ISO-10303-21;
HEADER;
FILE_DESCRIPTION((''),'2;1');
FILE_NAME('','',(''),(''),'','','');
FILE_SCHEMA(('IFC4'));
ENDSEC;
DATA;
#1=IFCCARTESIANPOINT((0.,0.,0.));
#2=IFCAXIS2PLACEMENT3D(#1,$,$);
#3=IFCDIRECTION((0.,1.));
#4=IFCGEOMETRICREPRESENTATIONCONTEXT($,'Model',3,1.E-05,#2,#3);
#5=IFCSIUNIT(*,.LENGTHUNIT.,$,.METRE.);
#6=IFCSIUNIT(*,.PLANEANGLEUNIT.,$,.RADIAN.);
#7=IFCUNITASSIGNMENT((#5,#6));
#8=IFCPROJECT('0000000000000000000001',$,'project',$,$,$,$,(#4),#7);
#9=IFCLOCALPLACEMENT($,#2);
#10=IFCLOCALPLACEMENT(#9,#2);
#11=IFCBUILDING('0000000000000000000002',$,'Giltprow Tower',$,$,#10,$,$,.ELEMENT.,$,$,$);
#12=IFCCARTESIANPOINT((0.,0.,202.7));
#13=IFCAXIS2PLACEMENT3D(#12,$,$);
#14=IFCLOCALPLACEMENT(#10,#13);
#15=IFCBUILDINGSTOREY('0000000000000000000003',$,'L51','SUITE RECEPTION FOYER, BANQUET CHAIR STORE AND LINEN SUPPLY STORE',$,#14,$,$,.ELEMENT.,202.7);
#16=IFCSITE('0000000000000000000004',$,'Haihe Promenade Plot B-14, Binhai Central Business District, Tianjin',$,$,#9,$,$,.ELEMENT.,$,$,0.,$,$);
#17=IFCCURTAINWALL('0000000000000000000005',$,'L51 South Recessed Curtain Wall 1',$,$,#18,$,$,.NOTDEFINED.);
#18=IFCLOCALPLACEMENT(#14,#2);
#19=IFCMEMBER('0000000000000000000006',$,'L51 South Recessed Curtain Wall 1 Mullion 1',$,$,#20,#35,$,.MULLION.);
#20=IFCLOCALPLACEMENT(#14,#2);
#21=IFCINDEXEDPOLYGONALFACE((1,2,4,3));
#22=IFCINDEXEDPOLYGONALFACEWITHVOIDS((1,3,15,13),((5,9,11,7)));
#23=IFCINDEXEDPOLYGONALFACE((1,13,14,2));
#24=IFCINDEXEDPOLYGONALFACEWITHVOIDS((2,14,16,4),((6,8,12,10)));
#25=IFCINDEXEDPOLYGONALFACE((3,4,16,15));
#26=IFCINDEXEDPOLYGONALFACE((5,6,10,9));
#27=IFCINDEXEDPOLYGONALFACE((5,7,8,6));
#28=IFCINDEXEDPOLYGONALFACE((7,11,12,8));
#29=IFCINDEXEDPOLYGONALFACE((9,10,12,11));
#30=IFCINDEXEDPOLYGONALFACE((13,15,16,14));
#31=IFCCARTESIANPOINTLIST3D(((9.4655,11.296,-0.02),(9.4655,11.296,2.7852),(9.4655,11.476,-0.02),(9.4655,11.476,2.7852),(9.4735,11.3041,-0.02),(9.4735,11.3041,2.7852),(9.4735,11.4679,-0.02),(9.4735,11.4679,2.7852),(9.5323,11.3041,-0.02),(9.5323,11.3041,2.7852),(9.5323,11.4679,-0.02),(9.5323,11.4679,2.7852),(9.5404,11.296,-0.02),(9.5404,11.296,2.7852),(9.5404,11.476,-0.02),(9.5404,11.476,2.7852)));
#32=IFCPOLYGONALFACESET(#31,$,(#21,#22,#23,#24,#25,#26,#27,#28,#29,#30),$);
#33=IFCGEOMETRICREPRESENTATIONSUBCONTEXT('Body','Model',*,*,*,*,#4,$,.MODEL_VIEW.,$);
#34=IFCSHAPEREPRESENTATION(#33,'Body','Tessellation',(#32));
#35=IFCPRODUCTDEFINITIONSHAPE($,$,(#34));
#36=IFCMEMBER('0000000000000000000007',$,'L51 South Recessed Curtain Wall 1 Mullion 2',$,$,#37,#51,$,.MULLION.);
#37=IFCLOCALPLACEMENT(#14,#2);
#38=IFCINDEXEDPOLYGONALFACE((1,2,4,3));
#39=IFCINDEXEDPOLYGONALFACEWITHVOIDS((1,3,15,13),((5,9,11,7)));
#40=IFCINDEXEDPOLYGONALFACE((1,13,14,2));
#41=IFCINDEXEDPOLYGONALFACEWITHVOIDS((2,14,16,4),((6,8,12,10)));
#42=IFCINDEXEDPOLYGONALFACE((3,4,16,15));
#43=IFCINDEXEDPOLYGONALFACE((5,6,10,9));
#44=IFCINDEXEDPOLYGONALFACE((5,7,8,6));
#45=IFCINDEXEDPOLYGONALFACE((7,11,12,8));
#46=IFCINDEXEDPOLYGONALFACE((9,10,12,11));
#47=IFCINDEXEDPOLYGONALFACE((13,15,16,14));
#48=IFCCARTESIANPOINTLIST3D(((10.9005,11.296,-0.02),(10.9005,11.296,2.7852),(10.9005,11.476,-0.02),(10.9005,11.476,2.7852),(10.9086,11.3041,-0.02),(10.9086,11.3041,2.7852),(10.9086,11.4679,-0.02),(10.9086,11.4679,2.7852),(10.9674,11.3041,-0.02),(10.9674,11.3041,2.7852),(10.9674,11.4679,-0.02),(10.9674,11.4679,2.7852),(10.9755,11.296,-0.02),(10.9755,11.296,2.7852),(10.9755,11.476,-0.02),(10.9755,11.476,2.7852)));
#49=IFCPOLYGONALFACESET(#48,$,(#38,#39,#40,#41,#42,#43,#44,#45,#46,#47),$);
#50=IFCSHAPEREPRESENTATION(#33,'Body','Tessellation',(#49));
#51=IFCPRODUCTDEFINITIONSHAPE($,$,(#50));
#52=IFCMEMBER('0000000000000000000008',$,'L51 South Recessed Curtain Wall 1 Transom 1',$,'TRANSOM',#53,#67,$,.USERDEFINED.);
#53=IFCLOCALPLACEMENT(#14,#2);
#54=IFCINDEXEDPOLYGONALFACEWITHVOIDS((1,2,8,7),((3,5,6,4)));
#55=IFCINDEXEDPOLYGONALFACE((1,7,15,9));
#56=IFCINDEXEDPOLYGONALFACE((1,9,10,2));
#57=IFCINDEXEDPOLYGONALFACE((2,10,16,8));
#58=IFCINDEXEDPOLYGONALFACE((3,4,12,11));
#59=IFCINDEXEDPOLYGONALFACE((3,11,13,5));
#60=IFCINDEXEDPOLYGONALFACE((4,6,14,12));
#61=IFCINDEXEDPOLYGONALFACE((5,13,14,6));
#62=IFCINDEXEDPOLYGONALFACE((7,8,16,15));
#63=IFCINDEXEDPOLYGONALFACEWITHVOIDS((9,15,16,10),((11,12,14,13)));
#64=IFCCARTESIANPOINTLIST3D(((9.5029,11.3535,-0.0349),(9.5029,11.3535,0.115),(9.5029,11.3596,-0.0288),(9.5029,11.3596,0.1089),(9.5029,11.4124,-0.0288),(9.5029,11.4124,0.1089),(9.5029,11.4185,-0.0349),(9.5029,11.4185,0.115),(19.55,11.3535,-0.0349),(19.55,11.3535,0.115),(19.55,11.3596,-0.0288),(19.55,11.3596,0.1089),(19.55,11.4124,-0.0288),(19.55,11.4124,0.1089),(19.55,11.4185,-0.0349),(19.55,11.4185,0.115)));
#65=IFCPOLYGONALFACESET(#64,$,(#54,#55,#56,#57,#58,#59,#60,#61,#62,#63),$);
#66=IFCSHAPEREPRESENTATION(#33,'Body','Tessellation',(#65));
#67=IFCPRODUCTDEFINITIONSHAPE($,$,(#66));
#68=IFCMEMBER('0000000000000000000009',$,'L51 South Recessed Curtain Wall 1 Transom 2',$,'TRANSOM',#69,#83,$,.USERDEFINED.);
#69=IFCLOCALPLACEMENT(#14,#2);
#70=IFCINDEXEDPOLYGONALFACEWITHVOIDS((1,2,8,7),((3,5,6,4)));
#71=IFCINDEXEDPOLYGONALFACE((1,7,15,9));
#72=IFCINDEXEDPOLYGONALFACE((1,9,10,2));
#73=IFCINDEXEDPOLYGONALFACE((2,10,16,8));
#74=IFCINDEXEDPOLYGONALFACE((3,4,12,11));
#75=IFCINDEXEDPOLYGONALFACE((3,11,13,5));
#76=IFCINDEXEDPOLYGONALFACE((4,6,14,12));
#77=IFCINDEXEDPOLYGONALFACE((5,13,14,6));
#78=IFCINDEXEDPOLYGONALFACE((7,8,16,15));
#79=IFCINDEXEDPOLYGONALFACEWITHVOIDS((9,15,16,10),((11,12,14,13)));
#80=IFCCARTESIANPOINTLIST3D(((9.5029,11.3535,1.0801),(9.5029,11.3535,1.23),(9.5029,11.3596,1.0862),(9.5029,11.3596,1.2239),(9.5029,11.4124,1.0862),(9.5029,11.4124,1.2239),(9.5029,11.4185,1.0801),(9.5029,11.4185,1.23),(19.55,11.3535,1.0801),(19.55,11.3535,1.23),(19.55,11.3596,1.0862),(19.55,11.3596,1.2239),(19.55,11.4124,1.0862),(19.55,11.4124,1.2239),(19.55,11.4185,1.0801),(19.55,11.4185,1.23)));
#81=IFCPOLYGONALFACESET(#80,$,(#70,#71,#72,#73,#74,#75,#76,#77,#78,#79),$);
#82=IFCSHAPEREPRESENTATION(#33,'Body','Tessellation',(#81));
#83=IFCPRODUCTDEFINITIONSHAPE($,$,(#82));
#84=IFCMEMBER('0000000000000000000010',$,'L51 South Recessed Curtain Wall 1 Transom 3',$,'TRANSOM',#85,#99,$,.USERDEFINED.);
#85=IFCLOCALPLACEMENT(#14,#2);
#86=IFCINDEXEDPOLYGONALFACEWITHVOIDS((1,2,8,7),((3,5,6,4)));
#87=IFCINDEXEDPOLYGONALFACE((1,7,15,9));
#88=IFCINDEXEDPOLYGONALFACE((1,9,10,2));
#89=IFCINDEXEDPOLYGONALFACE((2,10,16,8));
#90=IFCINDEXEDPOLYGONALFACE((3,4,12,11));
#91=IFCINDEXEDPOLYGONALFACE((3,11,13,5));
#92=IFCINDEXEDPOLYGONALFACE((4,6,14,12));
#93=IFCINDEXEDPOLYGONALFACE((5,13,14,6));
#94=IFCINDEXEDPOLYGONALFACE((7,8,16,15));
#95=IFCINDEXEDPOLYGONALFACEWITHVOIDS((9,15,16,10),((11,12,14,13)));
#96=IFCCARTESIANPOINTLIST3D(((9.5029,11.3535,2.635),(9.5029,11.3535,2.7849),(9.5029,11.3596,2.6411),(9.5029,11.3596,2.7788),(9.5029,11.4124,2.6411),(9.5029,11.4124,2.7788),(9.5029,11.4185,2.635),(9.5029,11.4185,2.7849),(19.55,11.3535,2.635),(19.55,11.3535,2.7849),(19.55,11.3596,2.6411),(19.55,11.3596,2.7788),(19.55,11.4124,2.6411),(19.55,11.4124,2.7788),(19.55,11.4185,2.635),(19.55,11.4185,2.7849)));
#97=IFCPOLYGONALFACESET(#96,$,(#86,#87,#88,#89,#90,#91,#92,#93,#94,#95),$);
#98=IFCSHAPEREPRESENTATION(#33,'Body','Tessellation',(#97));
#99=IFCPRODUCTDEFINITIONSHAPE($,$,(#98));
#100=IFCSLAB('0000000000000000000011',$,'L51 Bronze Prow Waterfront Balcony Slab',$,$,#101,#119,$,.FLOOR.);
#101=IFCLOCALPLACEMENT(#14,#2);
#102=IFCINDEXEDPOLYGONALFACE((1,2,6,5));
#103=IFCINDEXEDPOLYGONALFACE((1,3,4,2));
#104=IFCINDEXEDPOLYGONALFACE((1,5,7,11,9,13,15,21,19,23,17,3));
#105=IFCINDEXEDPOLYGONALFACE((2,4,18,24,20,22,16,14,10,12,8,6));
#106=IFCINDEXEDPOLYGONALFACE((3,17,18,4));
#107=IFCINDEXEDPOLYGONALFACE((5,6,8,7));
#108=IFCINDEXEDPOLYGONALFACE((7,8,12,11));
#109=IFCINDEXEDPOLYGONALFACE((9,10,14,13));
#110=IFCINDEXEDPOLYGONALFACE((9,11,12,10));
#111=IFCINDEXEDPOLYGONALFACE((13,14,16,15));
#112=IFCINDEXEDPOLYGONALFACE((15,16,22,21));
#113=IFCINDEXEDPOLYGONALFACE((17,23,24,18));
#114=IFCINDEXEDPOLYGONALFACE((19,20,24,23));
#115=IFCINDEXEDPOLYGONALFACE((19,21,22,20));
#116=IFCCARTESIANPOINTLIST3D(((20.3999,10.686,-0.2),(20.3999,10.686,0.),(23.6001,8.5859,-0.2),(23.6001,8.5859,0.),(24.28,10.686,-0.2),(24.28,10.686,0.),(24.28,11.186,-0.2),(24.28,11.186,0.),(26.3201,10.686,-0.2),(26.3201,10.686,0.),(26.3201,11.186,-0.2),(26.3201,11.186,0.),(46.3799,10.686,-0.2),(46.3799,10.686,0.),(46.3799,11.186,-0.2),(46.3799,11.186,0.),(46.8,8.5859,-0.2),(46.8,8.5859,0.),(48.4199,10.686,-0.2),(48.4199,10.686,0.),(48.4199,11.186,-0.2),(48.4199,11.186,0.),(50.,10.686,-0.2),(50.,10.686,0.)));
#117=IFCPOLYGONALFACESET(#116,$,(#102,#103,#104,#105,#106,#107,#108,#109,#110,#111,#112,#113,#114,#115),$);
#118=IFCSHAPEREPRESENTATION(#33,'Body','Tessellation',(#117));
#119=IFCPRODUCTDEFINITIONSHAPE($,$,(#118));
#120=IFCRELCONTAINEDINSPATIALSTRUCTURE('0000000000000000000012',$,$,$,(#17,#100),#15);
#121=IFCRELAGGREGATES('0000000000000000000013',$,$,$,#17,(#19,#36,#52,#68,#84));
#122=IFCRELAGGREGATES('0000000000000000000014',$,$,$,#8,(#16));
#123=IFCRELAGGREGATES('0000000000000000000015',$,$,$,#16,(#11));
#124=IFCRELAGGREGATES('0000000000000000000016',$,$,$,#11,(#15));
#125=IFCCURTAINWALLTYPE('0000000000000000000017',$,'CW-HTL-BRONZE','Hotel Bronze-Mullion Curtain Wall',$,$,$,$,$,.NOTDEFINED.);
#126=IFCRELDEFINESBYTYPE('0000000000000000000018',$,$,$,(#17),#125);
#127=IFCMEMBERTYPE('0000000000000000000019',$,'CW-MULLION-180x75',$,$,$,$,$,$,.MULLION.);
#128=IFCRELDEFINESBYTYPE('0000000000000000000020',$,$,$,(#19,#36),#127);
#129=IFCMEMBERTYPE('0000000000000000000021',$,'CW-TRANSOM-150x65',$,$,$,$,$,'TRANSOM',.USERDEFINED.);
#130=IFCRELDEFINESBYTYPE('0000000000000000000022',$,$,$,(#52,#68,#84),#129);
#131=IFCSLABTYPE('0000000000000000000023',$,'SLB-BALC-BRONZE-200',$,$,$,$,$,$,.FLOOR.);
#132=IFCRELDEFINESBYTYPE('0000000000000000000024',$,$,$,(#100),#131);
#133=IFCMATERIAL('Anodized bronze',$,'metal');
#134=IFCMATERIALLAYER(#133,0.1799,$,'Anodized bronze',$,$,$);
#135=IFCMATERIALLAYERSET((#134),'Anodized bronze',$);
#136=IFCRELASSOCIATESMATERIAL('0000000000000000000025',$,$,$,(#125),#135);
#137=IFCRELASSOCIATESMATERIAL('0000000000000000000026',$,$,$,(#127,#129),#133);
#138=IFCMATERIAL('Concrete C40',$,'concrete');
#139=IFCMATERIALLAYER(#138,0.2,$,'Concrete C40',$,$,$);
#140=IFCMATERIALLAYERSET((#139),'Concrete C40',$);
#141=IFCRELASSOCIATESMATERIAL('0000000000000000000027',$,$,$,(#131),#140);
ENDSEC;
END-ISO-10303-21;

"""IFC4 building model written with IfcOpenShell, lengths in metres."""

from ifc_helpers import new_model, si_unit, direction, frame, origin, origin_2d, place, context, subcontext, project, spatial, polyline, hollow_rectangle, outline, extrude, source, transform, mapped, material, layer, layer_set, material_profile, profile_set, type_object, element, aggregate, save


model = new_model("IFC4")

# Units and contexts
model_context = context("Model", 3, precision=1e-05, world=origin(), true_north=direction((0.0, 1.0)))
body_context = subcontext(model_context, "Body", "Model", "MODEL_VIEW")
ifc_project = project(units=[si_unit("LENGTHUNIT", "METRE"), si_unit("PLANEANGLEUNIT", "RADIAN")], contexts=[model_context])

# Site, building, storey
site_placement = place(None, origin())
site = spatial("IfcSite", under=ifc_project, at=site_placement, Name="Haihe Promenade Plot B-14, Binhai Central Business District, Tianjin", CompositionType="ELEMENT", RefElevation=0.0)
building_placement = place(site_placement, origin())
building = spatial("IfcBuilding", under=site, at=building_placement, Name="Giltprow Tower", CompositionType="ELEMENT")
storey_placement = place(building_placement, frame((0.0, 0.0, 202.7)))
storey = spatial("IfcBuildingStorey", under=building, at=storey_placement, Name="L51", Description="SUITE RECEPTION FOYER, BANQUET CHAIR STORE AND LINEN SUPPLY STORE", CompositionType="ELEMENT", Elevation=202.7)

# Curtain wall, members
ifc_material_1 = material(Name="Anodized bronze", Category="metal")
ifc_layer_1 = layer(ifc_material_1, 0.1799, Name="Anodized bronze")
ifc_layer_set_1 = layer_set([ifc_layer_1], Name="Anodized bronze")
curtain_wall_type = type_object("IfcCurtainWallType", Name="CW-HTL-BRONZE", Description="Hotel Bronze-Mullion Curtain Wall", PredefinedType="NOTDEFINED", material=ifc_layer_set_1)
curtain_wall_placement = place(storey_placement, origin())
curtain_wall = element("IfcCurtainWall", 1, at=curtain_wall_placement, inside=storey, type_object=curtain_wall_type, Name="L51 South Recessed Curtain Wall 1", PredefinedType="NOTDEFINED")
ifc_material_profile_1 = material_profile(ifc_material_1, hollow_rectangle(XDim=0.075, YDim=0.1799, WallThickness=0.0081, at=origin_2d()), Name="RHS 180x75x8")
ifc_profile_set_1 = profile_set([ifc_material_profile_1], Name="Anodized bronze")
member_type_1 = type_object("IfcMemberType", Name="CW-MULLION-180x75", PredefinedType="MULLION", material=ifc_profile_set_1)
shared_shape_1 = source(origin(), body_context, "Body", "SweptSolid", [
    extrude(hollow_rectangle(XDim=0.075, YDim=0.1799, WallThickness=0.0081, at=origin_2d()), origin(), (0.0, 0.0, 1.0), 2.8052),
])
member_1_placement = place(storey_placement, frame((9.5029, 11.386, -0.02), z_axis=(0.0, 0.0, 1.0), x_axis=(1.0, 0.0, 0.0)))
member_1 = element("IfcMember", 2, at=member_1_placement, type_object=member_type_1, Name="L51 South Recessed Curtain Wall 1 Mullion 1", PredefinedType="MULLION", context=body_context, shape_type="MappedRepresentation", body=[
    mapped(shared_shape_1, transform((0.0, 0.0, 0.0), x_axis=(1.0, 0.0, 0.0), y_axis=(0.0, 1.0, 0.0), z_axis=(0.0, 0.0, 1.0), scale=1.0)),
])
member_2_placement = place(storey_placement, frame((10.938, 11.386, -0.02), z_axis=(0.0, 0.0, 1.0), x_axis=(1.0, 0.0, 0.0)))
member_2 = element("IfcMember", 3, at=member_2_placement, type_object=member_type_1, Name="L51 South Recessed Curtain Wall 1 Mullion 2", PredefinedType="MULLION", context=body_context, shape_type="MappedRepresentation", body=[
    mapped(shared_shape_1, transform((0.0, 0.0, 0.0), x_axis=(1.0, 0.0, 0.0), y_axis=(0.0, 1.0, 0.0), z_axis=(0.0, 0.0, 1.0), scale=1.0)),
])
ifc_material_profile_2 = material_profile(ifc_material_1, hollow_rectangle(XDim=0.0649, YDim=0.1499, WallThickness=0.0061, at=origin_2d()), Name="RHS 150x65x6")
ifc_profile_set_2 = profile_set([ifc_material_profile_2], Name="Anodized bronze")
member_type_2 = type_object("IfcMemberType", Name="CW-TRANSOM-150x65", ElementType="TRANSOM", PredefinedType="USERDEFINED", material=ifc_profile_set_2)
shared_shape_2 = source(origin(), body_context, "Body", "SweptSolid", [
    extrude(hollow_rectangle(XDim=0.0649, YDim=0.1499, WallThickness=0.0061, at=origin_2d()), origin(), (0.0, 0.0, 1.0), 10.0471),
])
member_3_placement = place(storey_placement, frame((9.5029, 11.386, 0.04), z_axis=(1.0, 0.0, 0.0), x_axis=(0.0, 1.0, 0.0)))
member_3 = element("IfcMember", 4, at=member_3_placement, type_object=member_type_2, Name="L51 South Recessed Curtain Wall 1 Transom 1", ObjectType="TRANSOM", PredefinedType="USERDEFINED", context=body_context, shape_type="MappedRepresentation", body=[
    mapped(shared_shape_2, transform((0.0, 0.0, 0.0), x_axis=(1.0, 0.0, 0.0), y_axis=(0.0, 1.0, 0.0), z_axis=(0.0, 0.0, 1.0), scale=1.0)),
])
member_4_placement = place(storey_placement, frame((9.5029, 11.386, 1.155), z_axis=(1.0, 0.0, 0.0), x_axis=(0.0, 1.0, 0.0)))
member_4 = element("IfcMember", 5, at=member_4_placement, type_object=member_type_2, Name="L51 South Recessed Curtain Wall 1 Transom 2", ObjectType="TRANSOM", PredefinedType="USERDEFINED", context=body_context, shape_type="MappedRepresentation", body=[
    mapped(shared_shape_2, transform((0.0, 0.0, 0.0), x_axis=(1.0, 0.0, 0.0), y_axis=(0.0, 1.0, 0.0), z_axis=(0.0, 0.0, 1.0), scale=1.0)),
])
member_5_placement = place(storey_placement, frame((9.5029, 11.386, 2.71), z_axis=(1.0, 0.0, 0.0), x_axis=(0.0, 1.0, 0.0)))
member_5 = element("IfcMember", 6, at=member_5_placement, type_object=member_type_2, Name="L51 South Recessed Curtain Wall 1 Transom 3", ObjectType="TRANSOM", PredefinedType="USERDEFINED", context=body_context, shape_type="MappedRepresentation", body=[
    mapped(shared_shape_2, transform((0.0, 0.0, 0.0), x_axis=(1.0, 0.0, 0.0), y_axis=(0.0, 1.0, 0.0), z_axis=(0.0, 0.0, 1.0), scale=1.0)),
])

# Slab
ifc_material_2 = material(Name="Concrete C40", Category="concrete")
ifc_layer_2 = layer(ifc_material_2, 0.2, Name="Concrete C40")
ifc_layer_set_2 = layer_set([ifc_layer_2], Name="Concrete C40")
slab_type_1 = type_object("IfcSlabType", Name="SLB-BALC-BRONZE-200", PredefinedType="FLOOR", material=ifc_layer_set_2)
slab_1_placement = place(storey_placement, frame((0.0, 0.0, -0.2)))
element("IfcSlab", 7, at=slab_1_placement, inside=storey, type_object=slab_type_1, Name="L51 Bronze Prow Waterfront Balcony Slab", PredefinedType="FLOOR", context=body_context, shape_type="SweptSolid", body=[
    extrude(outline(polyline([(50.0, 10.686), (46.8, 8.5859), (23.6001, 8.5859), (20.3999, 10.686), (24.28, 10.686), (24.28, 11.186), (26.3201, 11.186), (26.3201, 10.686), (46.3799, 10.686), (46.3799, 11.186), (48.4199, 11.186), (48.4199, 10.686), (50.0, 10.686)])), origin(), (0.0, 0.0, 1.0), 0.2),
])

aggregate(curtain_wall, [member_1, member_2, member_3, member_4, member_5])

save(model, "model.ifc")
